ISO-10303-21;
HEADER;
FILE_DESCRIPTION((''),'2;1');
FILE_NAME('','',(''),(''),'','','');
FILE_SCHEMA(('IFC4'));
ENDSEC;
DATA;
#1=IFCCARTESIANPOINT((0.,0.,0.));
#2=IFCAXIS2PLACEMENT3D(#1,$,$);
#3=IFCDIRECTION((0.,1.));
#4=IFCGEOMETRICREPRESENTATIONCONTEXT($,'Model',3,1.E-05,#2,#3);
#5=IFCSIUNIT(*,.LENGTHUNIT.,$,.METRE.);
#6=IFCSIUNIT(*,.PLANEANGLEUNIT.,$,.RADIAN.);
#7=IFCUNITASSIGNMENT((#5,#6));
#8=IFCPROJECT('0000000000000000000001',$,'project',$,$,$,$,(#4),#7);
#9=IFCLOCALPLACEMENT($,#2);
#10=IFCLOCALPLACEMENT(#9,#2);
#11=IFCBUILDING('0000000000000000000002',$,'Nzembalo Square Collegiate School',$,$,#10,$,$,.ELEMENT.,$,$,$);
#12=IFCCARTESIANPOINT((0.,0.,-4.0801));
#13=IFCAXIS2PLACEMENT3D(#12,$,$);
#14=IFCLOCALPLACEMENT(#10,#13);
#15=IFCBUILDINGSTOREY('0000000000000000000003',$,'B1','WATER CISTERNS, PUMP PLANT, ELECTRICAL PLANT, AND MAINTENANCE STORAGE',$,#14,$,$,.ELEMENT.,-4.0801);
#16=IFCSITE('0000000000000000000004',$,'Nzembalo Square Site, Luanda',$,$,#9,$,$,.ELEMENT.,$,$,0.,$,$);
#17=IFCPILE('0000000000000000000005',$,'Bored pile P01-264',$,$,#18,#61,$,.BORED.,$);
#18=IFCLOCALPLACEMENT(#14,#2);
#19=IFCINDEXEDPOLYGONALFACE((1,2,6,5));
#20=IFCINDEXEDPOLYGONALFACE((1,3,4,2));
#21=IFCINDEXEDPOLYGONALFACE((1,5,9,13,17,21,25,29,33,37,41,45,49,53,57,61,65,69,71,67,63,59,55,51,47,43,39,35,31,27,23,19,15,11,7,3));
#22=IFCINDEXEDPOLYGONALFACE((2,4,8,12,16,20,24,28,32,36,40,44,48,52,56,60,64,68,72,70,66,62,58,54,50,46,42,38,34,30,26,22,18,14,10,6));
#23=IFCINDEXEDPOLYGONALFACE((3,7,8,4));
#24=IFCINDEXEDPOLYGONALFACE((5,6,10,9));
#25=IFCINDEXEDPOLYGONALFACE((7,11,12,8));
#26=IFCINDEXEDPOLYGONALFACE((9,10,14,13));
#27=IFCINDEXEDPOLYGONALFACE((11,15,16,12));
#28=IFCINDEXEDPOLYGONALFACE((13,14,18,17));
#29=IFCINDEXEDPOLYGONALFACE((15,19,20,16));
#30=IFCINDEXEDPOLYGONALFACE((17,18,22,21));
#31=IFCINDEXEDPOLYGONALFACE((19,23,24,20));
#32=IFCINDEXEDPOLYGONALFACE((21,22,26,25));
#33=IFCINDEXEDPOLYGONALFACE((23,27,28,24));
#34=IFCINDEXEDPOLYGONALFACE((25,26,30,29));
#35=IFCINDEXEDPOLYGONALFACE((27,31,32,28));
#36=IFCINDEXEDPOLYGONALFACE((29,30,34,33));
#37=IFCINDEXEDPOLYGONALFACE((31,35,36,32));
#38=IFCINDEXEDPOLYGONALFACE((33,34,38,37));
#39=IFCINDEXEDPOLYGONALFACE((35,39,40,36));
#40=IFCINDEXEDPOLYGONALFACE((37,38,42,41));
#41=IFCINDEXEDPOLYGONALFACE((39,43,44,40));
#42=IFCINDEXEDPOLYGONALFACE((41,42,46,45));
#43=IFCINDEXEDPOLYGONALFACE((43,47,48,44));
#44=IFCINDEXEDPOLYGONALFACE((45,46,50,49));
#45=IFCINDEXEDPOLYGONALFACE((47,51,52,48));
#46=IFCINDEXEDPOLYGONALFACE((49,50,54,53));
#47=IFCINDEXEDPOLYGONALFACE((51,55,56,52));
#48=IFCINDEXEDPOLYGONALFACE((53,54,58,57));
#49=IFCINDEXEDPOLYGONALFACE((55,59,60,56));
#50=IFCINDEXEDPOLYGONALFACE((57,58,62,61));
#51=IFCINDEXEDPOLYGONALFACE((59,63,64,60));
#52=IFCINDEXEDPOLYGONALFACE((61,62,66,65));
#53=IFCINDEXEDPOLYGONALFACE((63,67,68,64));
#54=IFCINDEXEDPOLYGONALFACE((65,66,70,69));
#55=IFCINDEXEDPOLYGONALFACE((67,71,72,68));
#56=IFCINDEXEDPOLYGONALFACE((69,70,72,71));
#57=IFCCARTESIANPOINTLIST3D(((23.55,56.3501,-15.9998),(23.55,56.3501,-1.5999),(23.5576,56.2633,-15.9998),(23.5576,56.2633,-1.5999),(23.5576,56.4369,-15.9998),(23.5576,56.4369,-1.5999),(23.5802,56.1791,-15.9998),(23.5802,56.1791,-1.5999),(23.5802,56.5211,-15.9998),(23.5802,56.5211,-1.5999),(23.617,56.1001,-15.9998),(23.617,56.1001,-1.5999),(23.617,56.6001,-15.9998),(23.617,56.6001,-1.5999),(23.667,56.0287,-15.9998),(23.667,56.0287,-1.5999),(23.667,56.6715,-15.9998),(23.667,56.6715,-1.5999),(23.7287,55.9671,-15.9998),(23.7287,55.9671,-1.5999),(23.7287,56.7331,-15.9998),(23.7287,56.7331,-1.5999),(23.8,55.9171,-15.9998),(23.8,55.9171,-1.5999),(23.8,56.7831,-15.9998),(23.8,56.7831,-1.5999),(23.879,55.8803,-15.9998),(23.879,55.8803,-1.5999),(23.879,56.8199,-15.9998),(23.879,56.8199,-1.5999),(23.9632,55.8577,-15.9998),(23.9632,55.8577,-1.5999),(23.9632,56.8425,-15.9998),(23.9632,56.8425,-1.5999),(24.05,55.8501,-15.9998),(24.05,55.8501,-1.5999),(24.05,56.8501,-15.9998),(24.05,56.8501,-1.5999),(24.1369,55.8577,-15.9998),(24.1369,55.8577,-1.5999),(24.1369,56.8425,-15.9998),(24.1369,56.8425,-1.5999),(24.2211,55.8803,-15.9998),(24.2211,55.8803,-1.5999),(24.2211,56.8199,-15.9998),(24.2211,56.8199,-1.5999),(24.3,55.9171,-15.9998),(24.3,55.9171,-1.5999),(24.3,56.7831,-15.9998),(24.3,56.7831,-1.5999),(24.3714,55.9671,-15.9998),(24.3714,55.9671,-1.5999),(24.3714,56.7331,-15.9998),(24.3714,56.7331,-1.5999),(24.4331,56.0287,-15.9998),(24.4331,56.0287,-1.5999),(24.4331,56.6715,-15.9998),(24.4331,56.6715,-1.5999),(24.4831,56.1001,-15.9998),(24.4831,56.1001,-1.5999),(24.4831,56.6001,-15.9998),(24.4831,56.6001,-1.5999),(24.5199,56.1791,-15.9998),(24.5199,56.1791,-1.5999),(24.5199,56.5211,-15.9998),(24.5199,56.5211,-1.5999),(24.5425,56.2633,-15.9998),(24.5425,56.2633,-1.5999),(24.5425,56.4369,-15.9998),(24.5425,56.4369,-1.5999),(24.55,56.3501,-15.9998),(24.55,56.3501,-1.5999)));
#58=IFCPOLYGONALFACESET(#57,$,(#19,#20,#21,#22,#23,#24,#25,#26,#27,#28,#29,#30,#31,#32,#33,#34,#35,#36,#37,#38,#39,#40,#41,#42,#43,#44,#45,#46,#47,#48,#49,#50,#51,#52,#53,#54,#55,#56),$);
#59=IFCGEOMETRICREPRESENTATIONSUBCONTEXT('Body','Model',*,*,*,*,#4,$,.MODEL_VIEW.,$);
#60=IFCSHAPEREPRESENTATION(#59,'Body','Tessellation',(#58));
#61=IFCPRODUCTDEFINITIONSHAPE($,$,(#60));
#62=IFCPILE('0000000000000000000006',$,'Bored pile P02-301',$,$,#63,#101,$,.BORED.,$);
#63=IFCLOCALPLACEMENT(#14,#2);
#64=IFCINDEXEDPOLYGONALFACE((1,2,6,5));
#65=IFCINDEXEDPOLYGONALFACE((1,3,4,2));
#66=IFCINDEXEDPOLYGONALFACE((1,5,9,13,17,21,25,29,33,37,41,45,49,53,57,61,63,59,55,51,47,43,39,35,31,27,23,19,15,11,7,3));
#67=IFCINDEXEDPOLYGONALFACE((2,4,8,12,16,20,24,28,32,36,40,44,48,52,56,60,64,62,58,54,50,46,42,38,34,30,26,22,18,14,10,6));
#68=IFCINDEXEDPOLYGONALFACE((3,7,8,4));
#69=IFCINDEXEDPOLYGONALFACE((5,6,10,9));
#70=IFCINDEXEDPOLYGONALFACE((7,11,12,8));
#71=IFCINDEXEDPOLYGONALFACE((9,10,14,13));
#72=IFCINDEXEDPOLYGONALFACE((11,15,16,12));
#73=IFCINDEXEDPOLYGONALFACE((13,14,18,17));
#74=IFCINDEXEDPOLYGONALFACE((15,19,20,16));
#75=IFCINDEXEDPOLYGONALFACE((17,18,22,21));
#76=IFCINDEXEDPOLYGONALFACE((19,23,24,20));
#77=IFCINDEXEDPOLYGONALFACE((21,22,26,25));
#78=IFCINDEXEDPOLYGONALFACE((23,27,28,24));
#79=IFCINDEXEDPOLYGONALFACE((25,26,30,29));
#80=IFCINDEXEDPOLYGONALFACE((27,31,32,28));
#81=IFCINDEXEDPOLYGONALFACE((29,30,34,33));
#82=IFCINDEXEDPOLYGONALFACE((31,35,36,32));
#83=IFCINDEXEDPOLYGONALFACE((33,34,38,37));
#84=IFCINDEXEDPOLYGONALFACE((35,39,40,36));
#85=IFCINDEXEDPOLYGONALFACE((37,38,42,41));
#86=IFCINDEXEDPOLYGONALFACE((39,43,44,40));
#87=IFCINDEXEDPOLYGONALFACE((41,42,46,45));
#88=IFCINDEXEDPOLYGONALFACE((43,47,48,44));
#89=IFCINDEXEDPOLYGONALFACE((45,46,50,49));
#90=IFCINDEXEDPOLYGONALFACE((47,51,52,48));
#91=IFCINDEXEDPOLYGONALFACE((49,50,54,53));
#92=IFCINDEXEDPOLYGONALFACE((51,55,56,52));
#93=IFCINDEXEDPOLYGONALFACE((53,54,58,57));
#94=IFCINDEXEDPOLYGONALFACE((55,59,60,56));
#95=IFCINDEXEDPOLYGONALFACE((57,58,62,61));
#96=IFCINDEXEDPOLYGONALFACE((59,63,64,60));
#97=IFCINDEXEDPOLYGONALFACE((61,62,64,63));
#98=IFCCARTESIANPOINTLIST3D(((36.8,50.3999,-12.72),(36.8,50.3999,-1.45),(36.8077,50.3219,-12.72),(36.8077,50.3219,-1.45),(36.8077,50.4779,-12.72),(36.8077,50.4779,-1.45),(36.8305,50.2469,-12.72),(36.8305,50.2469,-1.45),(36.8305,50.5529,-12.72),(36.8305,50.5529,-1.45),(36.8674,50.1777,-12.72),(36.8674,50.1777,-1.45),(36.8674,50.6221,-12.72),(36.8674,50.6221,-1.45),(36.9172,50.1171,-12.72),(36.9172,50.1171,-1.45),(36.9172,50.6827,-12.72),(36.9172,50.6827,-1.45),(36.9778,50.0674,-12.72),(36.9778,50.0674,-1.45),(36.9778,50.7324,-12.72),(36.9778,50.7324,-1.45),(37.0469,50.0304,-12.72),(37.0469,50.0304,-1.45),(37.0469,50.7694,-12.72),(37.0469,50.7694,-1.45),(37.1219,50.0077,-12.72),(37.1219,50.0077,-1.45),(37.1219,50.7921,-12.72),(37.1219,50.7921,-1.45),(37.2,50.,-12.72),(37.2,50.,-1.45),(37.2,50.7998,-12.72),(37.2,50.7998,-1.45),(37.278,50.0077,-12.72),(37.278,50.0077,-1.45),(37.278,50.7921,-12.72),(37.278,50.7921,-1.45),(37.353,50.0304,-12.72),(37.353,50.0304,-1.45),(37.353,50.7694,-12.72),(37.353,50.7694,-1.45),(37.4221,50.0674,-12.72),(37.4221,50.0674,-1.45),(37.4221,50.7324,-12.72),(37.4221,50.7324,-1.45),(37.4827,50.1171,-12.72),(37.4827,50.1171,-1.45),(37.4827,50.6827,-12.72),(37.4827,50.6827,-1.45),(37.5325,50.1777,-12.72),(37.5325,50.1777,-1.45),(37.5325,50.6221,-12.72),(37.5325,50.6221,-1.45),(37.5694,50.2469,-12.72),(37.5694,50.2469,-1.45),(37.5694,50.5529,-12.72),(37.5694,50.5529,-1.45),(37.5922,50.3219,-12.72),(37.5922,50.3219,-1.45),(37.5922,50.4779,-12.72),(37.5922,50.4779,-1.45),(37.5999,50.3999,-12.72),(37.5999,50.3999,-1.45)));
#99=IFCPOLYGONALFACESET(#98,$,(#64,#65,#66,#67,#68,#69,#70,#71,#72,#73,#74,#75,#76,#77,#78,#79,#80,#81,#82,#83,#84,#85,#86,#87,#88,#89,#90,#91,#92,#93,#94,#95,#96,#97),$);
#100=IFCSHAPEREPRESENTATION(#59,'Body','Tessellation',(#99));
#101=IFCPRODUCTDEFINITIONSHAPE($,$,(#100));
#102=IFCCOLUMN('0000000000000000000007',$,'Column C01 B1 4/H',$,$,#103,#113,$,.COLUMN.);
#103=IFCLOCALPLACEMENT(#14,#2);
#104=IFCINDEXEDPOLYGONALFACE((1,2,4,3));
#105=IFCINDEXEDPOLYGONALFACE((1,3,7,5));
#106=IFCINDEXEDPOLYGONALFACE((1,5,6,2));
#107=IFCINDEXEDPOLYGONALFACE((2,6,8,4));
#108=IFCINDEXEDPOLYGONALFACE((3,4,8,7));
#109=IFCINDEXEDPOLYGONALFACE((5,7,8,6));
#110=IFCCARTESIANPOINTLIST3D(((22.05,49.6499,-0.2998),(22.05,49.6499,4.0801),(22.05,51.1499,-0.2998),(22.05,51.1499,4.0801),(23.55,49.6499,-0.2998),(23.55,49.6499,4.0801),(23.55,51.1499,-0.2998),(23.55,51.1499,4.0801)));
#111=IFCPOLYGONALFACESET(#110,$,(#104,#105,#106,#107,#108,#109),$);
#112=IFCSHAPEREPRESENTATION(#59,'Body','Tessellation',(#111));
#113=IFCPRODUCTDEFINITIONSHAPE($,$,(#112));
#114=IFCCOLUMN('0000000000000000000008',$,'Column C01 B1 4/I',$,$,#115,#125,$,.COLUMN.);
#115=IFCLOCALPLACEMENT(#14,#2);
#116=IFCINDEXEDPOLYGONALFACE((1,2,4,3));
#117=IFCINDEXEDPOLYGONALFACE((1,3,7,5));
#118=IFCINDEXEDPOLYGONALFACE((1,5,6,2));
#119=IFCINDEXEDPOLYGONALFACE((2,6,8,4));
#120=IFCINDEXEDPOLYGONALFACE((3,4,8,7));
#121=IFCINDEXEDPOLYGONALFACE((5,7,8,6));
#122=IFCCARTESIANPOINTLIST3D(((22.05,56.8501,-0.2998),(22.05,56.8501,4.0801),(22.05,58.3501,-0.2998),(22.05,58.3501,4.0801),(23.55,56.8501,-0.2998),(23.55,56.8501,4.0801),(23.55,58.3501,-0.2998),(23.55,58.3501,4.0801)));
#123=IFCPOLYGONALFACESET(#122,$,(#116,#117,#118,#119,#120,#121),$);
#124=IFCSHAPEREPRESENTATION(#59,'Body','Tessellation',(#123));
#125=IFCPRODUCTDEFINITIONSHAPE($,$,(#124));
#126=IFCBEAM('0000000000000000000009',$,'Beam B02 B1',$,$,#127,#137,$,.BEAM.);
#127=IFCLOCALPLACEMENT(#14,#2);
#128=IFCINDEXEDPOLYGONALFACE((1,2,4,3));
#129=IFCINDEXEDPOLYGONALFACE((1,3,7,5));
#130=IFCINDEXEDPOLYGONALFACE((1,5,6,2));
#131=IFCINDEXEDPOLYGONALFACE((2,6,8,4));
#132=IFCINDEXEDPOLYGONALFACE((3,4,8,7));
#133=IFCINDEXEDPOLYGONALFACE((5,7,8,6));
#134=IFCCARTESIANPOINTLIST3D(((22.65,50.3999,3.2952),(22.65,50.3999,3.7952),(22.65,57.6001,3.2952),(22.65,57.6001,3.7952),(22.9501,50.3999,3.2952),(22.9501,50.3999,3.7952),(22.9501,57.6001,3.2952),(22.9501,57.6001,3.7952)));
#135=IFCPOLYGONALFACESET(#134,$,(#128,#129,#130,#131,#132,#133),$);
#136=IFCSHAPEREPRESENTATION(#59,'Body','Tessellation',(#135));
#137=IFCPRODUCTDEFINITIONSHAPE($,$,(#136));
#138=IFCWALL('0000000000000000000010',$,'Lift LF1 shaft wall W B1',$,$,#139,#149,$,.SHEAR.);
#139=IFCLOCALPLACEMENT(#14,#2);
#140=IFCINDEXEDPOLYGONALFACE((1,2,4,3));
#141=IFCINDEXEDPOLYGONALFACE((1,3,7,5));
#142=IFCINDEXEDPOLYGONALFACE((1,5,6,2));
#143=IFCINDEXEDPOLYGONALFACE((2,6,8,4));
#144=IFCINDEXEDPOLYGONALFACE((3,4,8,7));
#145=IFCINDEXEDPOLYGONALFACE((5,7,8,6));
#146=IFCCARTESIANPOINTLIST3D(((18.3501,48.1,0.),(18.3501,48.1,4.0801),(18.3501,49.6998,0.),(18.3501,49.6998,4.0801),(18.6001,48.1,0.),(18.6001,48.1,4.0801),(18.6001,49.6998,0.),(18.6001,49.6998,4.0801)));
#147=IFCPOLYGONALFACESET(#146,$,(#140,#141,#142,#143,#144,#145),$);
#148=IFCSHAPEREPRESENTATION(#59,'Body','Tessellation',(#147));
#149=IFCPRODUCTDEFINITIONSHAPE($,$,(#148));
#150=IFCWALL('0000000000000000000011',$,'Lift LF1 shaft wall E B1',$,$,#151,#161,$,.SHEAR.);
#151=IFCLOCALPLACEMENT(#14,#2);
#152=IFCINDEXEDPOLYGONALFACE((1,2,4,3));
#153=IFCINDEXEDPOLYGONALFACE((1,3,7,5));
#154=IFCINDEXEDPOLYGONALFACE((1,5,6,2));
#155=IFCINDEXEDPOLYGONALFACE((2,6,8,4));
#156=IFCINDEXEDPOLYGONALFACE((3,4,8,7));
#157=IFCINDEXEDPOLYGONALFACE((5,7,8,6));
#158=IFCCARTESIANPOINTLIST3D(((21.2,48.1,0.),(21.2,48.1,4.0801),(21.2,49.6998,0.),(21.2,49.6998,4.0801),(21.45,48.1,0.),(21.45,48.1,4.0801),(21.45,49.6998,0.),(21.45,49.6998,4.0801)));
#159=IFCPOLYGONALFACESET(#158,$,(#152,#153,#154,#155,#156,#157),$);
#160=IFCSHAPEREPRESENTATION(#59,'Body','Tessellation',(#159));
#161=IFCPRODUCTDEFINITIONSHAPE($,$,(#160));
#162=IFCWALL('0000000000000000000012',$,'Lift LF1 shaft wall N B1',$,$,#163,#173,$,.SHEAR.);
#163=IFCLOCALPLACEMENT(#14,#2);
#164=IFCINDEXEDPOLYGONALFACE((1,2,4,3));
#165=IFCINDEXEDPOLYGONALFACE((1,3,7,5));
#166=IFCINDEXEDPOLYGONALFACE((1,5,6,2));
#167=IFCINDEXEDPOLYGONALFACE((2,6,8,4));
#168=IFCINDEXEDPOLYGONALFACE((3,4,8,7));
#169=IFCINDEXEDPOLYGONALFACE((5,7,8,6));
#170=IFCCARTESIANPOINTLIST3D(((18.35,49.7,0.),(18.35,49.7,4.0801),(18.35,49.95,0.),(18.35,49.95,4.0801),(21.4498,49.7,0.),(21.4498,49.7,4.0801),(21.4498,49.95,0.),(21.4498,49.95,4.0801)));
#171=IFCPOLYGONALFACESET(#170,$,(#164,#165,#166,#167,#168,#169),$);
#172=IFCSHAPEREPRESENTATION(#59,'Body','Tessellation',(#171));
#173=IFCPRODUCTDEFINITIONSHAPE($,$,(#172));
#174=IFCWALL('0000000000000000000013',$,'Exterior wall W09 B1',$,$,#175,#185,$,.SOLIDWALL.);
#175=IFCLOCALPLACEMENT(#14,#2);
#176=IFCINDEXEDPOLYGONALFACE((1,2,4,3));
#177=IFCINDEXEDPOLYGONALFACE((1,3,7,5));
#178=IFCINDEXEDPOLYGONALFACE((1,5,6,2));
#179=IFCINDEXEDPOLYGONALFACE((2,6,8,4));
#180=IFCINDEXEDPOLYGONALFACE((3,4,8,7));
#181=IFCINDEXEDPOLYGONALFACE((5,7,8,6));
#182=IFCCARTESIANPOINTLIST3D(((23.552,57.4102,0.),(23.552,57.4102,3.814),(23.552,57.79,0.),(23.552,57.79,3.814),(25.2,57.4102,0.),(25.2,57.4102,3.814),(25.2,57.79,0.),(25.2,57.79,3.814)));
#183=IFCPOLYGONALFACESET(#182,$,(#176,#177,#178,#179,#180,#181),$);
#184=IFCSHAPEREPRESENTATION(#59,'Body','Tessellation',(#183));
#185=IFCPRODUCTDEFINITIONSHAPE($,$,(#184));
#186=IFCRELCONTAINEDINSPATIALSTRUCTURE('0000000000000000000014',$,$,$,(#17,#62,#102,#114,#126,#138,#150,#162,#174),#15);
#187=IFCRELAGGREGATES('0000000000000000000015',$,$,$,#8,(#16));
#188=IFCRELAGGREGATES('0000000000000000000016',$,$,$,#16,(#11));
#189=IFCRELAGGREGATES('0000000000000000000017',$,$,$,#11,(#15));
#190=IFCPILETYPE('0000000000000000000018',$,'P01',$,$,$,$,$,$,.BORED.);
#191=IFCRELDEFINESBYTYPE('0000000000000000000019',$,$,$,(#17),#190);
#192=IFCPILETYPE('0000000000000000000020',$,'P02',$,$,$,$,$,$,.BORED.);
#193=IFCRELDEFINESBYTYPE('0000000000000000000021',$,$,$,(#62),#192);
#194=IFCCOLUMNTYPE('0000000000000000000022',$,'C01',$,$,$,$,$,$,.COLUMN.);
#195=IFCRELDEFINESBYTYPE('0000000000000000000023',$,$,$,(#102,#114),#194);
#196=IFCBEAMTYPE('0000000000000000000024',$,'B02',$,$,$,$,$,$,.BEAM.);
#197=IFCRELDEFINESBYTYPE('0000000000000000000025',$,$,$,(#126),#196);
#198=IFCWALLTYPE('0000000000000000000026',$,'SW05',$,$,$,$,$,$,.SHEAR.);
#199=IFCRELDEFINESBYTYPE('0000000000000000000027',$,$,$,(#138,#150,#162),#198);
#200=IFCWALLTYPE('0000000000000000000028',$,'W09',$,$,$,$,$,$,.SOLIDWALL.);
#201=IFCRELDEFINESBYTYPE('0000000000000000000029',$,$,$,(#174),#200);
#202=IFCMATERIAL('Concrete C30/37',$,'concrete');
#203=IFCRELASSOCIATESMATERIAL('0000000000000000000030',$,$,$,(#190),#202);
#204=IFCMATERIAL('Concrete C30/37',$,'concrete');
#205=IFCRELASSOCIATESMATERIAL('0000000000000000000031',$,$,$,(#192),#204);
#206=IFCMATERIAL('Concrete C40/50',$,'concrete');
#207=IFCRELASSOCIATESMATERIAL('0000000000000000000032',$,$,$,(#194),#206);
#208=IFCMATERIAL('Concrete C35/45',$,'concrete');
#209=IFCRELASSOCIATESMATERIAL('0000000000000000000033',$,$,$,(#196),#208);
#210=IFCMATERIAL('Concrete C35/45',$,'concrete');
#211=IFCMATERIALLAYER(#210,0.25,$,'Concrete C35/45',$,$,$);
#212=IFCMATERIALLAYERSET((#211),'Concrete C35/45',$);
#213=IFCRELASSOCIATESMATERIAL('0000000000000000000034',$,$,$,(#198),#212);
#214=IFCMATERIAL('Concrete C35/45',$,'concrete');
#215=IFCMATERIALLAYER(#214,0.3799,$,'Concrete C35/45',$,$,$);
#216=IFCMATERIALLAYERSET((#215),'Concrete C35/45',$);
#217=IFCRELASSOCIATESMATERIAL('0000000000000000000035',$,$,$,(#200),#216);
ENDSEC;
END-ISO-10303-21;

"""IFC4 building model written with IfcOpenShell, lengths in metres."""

from ifc_helpers import new_model, si_unit, direction, frame, frame_2d, origin, origin_2d, place, context, subcontext, project, spatial, rectangle, circle, extrude, material, layer, layer_set, material_profile, profile_set, type_object, element, save


model = new_model("IFC4")

# Units and contexts
model_context = context("Model", 3, precision=1e-05, world=origin(), true_north=direction((0.0, 1.0)))
body_context = subcontext(model_context, "Body", "Model", "MODEL_VIEW")
ifc_project = project(units=[si_unit("LENGTHUNIT", "METRE"), si_unit("PLANEANGLEUNIT", "RADIAN")], contexts=[model_context])

# Site, building, storey
site_placement = place(None, origin())
site = spatial("IfcSite", under=ifc_project, at=site_placement, Name="Nzembalo Square Site, Luanda", CompositionType="ELEMENT", RefElevation=0.0)
building_placement = place(site_placement, origin())
building = spatial("IfcBuilding", under=site, at=building_placement, Name="Nzembalo Square Collegiate School", CompositionType="ELEMENT")
storey_placement = place(building_placement, frame((0.0, 0.0, -4.0801)))
storey = spatial("IfcBuildingStorey", under=building, at=storey_placement, Name="B1", Description="WATER CISTERNS, PUMP PLANT, ELECTRICAL PLANT, AND MAINTENANCE STORAGE", CompositionType="ELEMENT", Elevation=-4.0801)

# Piles
ifc_material_1 = material(Name="Concrete C30/37", Category="concrete")
ifc_material_profile_1 = material_profile(ifc_material_1, circle(Radius=0.5, at=origin_2d()), Name="PILE D1000")
ifc_profile_set_1 = profile_set([ifc_material_profile_1], Name="Concrete C30/37")
pile_type_1 = type_object("IfcPileType", Name="P01", PredefinedType="BORED", material=ifc_profile_set_1)
for number, where, z_axis, x_axis, name in (
    (1, (24.05, 56.3501, -1.5999), (0.0, 0.0, -1.0), (1.0, 0.0, 0.0), "Bored pile P01-264"),
):
    element("IfcPile", number, at=place(storey_placement, frame(where, z_axis=z_axis, x_axis=x_axis)), inside=storey, type_object=pile_type_1, Name=name, PredefinedType="BORED", context=body_context, shape_type="SweptSolid", body=[
        extrude(circle(Radius=0.5, at=origin_2d()), origin(), (0.0, 0.0, 1.0), 14.3999),
    ])
ifc_material_2 = material(Name="Concrete C30/37", Category="concrete")
ifc_material_profile_2 = material_profile(ifc_material_2, circle(Radius=0.3999, at=origin_2d()), Name="PILE D800")
ifc_profile_set_2 = profile_set([ifc_material_profile_2], Name="Concrete C30/37")
pile_type_2 = type_object("IfcPileType", Name="P02", PredefinedType="BORED", material=ifc_profile_set_2)
pile_placement = place(storey_placement, frame((37.2, 50.3999, -1.45), z_axis=(0.0, 0.0, -1.0), x_axis=(1.0, 0.0, 0.0)))
element("IfcPile", 2, at=pile_placement, inside=storey, type_object=pile_type_2, Name="Bored pile P02-301", PredefinedType="BORED", context=body_context, shape_type="SweptSolid", body=[
    extrude(circle(Radius=0.3999, at=origin_2d()), origin(), (0.0, 0.0, 1.0), 11.27),
])

# Columns
ifc_material_3 = material(Name="Concrete C40/50", Category="concrete")
ifc_material_profile_3 = material_profile(ifc_material_3, rectangle(XDim=1.5, YDim=1.5, at=origin_2d()), Name="RC 1500x1500")
ifc_profile_set_3 = profile_set([ifc_material_profile_3], Name="Concrete C40/50")
column_type = type_object("IfcColumnType", Name="C01", PredefinedType="COLUMN", material=ifc_profile_set_3)
for number, where, z_axis, x_axis, name in (
    (3, (22.8, 50.3999, -0.2998), (0.0, 0.0, 1.0), (1.0, 0.0, 0.0), "Column C01 B1 4/H"),
    (4, (22.8, 57.6001, -0.2998), (0.0, 0.0, 1.0), (1.0, 0.0, 0.0), "Column C01 B1 4/I"),
):
    element("IfcColumn", number, at=place(storey_placement, frame(where, z_axis=z_axis, x_axis=x_axis)), inside=storey, type_object=column_type, Name=name, PredefinedType="COLUMN", context=body_context, shape_type="SweptSolid", body=[
        extrude(rectangle(XDim=1.5, YDim=1.5, at=origin_2d()), origin(), (0.0, 0.0, 1.0), 4.3799),
    ])

# Beam
ifc_material_4 = material(Name="Concrete C35/45", Category="concrete")
ifc_material_profile_4 = material_profile(ifc_material_4, rectangle(XDim=0.3, YDim=0.5, at=origin_2d()), Name="RC 300x500")
ifc_profile_set_4 = profile_set([ifc_material_profile_4], Name="Concrete C35/45")
beam_type = type_object("IfcBeamType", Name="B02", PredefinedType="BEAM", material=ifc_profile_set_4)
beam_placement = place(storey_placement, frame((22.8, 50.3999, 3.5452), z_axis=(0.0, 1.0, 0.0), x_axis=(-1.0, 0.0, 0.0)))
element("IfcBeam", 5, at=beam_placement, inside=storey, type_object=beam_type, Name="Beam B02 B1", PredefinedType="BEAM", context=body_context, shape_type="SweptSolid", body=[
    extrude(rectangle(XDim=0.3, YDim=0.5, at=origin_2d()), origin(), (0.0, 0.0, 1.0), 7.2002),
])

# Walls
ifc_material_5 = material(Name="Concrete C35/45", Category="concrete")
ifc_layer_1 = layer(ifc_material_5, 0.25, Name="Concrete C35/45")
ifc_layer_set_1 = layer_set([ifc_layer_1], Name="Concrete C35/45")
wall_type_1 = type_object("IfcWallType", Name="SW05", PredefinedType="SHEAR", material=ifc_layer_set_1)
for number, where, z_axis, x_axis, name in (
    (6, (18.4751, 48.1001, 0.0), (0.0, 0.0, 1.0), (0.0, 1.0, 0.0), "Lift LF1 shaft wall W B1"),
    (7, (21.325, 48.1001, 0.0), (0.0, 0.0, 1.0), (0.0, 1.0, 0.0), "Lift LF1 shaft wall E B1"),
):
    element("IfcWall", number, at=place(storey_placement, frame(where, z_axis=z_axis, x_axis=x_axis)), inside=storey, type_object=wall_type_1, Name=name, PredefinedType="SHEAR", context=body_context, shape_type="SweptSolid", body=[
        extrude(rectangle(XDim=1.5999, YDim=0.25, at=frame_2d((0.7998, 0.0))), origin(), (0.0, 0.0, 1.0), 4.0801),
    ])
wall_1_placement = place(storey_placement, frame((18.3501, 49.825, 0.0), z_axis=(0.0, 0.0, 1.0), x_axis=(1.0, 0.0, 0.0)))
element("IfcWall", 8, at=wall_1_placement, inside=storey, type_object=wall_type_1, Name="Lift LF1 shaft wall N B1", PredefinedType="SHEAR", context=body_context, shape_type="SweptSolid", body=[
    extrude(rectangle(XDim=3.0999, YDim=0.25, at=frame_2d((1.5498, 0.0))), origin(), (0.0, 0.0, 1.0), 4.0801),
])
ifc_material_6 = material(Name="Concrete C35/45", Category="concrete")
ifc_layer_2 = layer(ifc_material_6, 0.3799, Name="Concrete C35/45")
ifc_layer_set_2 = layer_set([ifc_layer_2], Name="Concrete C35/45")
wall_type_2 = type_object("IfcWallType", Name="W09", PredefinedType="SOLIDWALL", material=ifc_layer_set_2)
wall_2_placement = place(storey_placement, frame((23.552, 57.6001, 0.0), z_axis=(0.0, 0.0, 1.0), x_axis=(1.0, 0.0, 0.0)))
element("IfcWall", 9, at=wall_2_placement, inside=storey, type_object=wall_type_2, Name="Exterior wall W09 B1", PredefinedType="SOLIDWALL", context=body_context, shape_type="SweptSolid", body=[
    extrude(rectangle(XDim=1.6479, YDim=0.3799, at=frame_2d((0.824, 0.0))), origin(), (0.0, 0.0, 1.0), 3.814),
])

save(model, "model.ifc")
